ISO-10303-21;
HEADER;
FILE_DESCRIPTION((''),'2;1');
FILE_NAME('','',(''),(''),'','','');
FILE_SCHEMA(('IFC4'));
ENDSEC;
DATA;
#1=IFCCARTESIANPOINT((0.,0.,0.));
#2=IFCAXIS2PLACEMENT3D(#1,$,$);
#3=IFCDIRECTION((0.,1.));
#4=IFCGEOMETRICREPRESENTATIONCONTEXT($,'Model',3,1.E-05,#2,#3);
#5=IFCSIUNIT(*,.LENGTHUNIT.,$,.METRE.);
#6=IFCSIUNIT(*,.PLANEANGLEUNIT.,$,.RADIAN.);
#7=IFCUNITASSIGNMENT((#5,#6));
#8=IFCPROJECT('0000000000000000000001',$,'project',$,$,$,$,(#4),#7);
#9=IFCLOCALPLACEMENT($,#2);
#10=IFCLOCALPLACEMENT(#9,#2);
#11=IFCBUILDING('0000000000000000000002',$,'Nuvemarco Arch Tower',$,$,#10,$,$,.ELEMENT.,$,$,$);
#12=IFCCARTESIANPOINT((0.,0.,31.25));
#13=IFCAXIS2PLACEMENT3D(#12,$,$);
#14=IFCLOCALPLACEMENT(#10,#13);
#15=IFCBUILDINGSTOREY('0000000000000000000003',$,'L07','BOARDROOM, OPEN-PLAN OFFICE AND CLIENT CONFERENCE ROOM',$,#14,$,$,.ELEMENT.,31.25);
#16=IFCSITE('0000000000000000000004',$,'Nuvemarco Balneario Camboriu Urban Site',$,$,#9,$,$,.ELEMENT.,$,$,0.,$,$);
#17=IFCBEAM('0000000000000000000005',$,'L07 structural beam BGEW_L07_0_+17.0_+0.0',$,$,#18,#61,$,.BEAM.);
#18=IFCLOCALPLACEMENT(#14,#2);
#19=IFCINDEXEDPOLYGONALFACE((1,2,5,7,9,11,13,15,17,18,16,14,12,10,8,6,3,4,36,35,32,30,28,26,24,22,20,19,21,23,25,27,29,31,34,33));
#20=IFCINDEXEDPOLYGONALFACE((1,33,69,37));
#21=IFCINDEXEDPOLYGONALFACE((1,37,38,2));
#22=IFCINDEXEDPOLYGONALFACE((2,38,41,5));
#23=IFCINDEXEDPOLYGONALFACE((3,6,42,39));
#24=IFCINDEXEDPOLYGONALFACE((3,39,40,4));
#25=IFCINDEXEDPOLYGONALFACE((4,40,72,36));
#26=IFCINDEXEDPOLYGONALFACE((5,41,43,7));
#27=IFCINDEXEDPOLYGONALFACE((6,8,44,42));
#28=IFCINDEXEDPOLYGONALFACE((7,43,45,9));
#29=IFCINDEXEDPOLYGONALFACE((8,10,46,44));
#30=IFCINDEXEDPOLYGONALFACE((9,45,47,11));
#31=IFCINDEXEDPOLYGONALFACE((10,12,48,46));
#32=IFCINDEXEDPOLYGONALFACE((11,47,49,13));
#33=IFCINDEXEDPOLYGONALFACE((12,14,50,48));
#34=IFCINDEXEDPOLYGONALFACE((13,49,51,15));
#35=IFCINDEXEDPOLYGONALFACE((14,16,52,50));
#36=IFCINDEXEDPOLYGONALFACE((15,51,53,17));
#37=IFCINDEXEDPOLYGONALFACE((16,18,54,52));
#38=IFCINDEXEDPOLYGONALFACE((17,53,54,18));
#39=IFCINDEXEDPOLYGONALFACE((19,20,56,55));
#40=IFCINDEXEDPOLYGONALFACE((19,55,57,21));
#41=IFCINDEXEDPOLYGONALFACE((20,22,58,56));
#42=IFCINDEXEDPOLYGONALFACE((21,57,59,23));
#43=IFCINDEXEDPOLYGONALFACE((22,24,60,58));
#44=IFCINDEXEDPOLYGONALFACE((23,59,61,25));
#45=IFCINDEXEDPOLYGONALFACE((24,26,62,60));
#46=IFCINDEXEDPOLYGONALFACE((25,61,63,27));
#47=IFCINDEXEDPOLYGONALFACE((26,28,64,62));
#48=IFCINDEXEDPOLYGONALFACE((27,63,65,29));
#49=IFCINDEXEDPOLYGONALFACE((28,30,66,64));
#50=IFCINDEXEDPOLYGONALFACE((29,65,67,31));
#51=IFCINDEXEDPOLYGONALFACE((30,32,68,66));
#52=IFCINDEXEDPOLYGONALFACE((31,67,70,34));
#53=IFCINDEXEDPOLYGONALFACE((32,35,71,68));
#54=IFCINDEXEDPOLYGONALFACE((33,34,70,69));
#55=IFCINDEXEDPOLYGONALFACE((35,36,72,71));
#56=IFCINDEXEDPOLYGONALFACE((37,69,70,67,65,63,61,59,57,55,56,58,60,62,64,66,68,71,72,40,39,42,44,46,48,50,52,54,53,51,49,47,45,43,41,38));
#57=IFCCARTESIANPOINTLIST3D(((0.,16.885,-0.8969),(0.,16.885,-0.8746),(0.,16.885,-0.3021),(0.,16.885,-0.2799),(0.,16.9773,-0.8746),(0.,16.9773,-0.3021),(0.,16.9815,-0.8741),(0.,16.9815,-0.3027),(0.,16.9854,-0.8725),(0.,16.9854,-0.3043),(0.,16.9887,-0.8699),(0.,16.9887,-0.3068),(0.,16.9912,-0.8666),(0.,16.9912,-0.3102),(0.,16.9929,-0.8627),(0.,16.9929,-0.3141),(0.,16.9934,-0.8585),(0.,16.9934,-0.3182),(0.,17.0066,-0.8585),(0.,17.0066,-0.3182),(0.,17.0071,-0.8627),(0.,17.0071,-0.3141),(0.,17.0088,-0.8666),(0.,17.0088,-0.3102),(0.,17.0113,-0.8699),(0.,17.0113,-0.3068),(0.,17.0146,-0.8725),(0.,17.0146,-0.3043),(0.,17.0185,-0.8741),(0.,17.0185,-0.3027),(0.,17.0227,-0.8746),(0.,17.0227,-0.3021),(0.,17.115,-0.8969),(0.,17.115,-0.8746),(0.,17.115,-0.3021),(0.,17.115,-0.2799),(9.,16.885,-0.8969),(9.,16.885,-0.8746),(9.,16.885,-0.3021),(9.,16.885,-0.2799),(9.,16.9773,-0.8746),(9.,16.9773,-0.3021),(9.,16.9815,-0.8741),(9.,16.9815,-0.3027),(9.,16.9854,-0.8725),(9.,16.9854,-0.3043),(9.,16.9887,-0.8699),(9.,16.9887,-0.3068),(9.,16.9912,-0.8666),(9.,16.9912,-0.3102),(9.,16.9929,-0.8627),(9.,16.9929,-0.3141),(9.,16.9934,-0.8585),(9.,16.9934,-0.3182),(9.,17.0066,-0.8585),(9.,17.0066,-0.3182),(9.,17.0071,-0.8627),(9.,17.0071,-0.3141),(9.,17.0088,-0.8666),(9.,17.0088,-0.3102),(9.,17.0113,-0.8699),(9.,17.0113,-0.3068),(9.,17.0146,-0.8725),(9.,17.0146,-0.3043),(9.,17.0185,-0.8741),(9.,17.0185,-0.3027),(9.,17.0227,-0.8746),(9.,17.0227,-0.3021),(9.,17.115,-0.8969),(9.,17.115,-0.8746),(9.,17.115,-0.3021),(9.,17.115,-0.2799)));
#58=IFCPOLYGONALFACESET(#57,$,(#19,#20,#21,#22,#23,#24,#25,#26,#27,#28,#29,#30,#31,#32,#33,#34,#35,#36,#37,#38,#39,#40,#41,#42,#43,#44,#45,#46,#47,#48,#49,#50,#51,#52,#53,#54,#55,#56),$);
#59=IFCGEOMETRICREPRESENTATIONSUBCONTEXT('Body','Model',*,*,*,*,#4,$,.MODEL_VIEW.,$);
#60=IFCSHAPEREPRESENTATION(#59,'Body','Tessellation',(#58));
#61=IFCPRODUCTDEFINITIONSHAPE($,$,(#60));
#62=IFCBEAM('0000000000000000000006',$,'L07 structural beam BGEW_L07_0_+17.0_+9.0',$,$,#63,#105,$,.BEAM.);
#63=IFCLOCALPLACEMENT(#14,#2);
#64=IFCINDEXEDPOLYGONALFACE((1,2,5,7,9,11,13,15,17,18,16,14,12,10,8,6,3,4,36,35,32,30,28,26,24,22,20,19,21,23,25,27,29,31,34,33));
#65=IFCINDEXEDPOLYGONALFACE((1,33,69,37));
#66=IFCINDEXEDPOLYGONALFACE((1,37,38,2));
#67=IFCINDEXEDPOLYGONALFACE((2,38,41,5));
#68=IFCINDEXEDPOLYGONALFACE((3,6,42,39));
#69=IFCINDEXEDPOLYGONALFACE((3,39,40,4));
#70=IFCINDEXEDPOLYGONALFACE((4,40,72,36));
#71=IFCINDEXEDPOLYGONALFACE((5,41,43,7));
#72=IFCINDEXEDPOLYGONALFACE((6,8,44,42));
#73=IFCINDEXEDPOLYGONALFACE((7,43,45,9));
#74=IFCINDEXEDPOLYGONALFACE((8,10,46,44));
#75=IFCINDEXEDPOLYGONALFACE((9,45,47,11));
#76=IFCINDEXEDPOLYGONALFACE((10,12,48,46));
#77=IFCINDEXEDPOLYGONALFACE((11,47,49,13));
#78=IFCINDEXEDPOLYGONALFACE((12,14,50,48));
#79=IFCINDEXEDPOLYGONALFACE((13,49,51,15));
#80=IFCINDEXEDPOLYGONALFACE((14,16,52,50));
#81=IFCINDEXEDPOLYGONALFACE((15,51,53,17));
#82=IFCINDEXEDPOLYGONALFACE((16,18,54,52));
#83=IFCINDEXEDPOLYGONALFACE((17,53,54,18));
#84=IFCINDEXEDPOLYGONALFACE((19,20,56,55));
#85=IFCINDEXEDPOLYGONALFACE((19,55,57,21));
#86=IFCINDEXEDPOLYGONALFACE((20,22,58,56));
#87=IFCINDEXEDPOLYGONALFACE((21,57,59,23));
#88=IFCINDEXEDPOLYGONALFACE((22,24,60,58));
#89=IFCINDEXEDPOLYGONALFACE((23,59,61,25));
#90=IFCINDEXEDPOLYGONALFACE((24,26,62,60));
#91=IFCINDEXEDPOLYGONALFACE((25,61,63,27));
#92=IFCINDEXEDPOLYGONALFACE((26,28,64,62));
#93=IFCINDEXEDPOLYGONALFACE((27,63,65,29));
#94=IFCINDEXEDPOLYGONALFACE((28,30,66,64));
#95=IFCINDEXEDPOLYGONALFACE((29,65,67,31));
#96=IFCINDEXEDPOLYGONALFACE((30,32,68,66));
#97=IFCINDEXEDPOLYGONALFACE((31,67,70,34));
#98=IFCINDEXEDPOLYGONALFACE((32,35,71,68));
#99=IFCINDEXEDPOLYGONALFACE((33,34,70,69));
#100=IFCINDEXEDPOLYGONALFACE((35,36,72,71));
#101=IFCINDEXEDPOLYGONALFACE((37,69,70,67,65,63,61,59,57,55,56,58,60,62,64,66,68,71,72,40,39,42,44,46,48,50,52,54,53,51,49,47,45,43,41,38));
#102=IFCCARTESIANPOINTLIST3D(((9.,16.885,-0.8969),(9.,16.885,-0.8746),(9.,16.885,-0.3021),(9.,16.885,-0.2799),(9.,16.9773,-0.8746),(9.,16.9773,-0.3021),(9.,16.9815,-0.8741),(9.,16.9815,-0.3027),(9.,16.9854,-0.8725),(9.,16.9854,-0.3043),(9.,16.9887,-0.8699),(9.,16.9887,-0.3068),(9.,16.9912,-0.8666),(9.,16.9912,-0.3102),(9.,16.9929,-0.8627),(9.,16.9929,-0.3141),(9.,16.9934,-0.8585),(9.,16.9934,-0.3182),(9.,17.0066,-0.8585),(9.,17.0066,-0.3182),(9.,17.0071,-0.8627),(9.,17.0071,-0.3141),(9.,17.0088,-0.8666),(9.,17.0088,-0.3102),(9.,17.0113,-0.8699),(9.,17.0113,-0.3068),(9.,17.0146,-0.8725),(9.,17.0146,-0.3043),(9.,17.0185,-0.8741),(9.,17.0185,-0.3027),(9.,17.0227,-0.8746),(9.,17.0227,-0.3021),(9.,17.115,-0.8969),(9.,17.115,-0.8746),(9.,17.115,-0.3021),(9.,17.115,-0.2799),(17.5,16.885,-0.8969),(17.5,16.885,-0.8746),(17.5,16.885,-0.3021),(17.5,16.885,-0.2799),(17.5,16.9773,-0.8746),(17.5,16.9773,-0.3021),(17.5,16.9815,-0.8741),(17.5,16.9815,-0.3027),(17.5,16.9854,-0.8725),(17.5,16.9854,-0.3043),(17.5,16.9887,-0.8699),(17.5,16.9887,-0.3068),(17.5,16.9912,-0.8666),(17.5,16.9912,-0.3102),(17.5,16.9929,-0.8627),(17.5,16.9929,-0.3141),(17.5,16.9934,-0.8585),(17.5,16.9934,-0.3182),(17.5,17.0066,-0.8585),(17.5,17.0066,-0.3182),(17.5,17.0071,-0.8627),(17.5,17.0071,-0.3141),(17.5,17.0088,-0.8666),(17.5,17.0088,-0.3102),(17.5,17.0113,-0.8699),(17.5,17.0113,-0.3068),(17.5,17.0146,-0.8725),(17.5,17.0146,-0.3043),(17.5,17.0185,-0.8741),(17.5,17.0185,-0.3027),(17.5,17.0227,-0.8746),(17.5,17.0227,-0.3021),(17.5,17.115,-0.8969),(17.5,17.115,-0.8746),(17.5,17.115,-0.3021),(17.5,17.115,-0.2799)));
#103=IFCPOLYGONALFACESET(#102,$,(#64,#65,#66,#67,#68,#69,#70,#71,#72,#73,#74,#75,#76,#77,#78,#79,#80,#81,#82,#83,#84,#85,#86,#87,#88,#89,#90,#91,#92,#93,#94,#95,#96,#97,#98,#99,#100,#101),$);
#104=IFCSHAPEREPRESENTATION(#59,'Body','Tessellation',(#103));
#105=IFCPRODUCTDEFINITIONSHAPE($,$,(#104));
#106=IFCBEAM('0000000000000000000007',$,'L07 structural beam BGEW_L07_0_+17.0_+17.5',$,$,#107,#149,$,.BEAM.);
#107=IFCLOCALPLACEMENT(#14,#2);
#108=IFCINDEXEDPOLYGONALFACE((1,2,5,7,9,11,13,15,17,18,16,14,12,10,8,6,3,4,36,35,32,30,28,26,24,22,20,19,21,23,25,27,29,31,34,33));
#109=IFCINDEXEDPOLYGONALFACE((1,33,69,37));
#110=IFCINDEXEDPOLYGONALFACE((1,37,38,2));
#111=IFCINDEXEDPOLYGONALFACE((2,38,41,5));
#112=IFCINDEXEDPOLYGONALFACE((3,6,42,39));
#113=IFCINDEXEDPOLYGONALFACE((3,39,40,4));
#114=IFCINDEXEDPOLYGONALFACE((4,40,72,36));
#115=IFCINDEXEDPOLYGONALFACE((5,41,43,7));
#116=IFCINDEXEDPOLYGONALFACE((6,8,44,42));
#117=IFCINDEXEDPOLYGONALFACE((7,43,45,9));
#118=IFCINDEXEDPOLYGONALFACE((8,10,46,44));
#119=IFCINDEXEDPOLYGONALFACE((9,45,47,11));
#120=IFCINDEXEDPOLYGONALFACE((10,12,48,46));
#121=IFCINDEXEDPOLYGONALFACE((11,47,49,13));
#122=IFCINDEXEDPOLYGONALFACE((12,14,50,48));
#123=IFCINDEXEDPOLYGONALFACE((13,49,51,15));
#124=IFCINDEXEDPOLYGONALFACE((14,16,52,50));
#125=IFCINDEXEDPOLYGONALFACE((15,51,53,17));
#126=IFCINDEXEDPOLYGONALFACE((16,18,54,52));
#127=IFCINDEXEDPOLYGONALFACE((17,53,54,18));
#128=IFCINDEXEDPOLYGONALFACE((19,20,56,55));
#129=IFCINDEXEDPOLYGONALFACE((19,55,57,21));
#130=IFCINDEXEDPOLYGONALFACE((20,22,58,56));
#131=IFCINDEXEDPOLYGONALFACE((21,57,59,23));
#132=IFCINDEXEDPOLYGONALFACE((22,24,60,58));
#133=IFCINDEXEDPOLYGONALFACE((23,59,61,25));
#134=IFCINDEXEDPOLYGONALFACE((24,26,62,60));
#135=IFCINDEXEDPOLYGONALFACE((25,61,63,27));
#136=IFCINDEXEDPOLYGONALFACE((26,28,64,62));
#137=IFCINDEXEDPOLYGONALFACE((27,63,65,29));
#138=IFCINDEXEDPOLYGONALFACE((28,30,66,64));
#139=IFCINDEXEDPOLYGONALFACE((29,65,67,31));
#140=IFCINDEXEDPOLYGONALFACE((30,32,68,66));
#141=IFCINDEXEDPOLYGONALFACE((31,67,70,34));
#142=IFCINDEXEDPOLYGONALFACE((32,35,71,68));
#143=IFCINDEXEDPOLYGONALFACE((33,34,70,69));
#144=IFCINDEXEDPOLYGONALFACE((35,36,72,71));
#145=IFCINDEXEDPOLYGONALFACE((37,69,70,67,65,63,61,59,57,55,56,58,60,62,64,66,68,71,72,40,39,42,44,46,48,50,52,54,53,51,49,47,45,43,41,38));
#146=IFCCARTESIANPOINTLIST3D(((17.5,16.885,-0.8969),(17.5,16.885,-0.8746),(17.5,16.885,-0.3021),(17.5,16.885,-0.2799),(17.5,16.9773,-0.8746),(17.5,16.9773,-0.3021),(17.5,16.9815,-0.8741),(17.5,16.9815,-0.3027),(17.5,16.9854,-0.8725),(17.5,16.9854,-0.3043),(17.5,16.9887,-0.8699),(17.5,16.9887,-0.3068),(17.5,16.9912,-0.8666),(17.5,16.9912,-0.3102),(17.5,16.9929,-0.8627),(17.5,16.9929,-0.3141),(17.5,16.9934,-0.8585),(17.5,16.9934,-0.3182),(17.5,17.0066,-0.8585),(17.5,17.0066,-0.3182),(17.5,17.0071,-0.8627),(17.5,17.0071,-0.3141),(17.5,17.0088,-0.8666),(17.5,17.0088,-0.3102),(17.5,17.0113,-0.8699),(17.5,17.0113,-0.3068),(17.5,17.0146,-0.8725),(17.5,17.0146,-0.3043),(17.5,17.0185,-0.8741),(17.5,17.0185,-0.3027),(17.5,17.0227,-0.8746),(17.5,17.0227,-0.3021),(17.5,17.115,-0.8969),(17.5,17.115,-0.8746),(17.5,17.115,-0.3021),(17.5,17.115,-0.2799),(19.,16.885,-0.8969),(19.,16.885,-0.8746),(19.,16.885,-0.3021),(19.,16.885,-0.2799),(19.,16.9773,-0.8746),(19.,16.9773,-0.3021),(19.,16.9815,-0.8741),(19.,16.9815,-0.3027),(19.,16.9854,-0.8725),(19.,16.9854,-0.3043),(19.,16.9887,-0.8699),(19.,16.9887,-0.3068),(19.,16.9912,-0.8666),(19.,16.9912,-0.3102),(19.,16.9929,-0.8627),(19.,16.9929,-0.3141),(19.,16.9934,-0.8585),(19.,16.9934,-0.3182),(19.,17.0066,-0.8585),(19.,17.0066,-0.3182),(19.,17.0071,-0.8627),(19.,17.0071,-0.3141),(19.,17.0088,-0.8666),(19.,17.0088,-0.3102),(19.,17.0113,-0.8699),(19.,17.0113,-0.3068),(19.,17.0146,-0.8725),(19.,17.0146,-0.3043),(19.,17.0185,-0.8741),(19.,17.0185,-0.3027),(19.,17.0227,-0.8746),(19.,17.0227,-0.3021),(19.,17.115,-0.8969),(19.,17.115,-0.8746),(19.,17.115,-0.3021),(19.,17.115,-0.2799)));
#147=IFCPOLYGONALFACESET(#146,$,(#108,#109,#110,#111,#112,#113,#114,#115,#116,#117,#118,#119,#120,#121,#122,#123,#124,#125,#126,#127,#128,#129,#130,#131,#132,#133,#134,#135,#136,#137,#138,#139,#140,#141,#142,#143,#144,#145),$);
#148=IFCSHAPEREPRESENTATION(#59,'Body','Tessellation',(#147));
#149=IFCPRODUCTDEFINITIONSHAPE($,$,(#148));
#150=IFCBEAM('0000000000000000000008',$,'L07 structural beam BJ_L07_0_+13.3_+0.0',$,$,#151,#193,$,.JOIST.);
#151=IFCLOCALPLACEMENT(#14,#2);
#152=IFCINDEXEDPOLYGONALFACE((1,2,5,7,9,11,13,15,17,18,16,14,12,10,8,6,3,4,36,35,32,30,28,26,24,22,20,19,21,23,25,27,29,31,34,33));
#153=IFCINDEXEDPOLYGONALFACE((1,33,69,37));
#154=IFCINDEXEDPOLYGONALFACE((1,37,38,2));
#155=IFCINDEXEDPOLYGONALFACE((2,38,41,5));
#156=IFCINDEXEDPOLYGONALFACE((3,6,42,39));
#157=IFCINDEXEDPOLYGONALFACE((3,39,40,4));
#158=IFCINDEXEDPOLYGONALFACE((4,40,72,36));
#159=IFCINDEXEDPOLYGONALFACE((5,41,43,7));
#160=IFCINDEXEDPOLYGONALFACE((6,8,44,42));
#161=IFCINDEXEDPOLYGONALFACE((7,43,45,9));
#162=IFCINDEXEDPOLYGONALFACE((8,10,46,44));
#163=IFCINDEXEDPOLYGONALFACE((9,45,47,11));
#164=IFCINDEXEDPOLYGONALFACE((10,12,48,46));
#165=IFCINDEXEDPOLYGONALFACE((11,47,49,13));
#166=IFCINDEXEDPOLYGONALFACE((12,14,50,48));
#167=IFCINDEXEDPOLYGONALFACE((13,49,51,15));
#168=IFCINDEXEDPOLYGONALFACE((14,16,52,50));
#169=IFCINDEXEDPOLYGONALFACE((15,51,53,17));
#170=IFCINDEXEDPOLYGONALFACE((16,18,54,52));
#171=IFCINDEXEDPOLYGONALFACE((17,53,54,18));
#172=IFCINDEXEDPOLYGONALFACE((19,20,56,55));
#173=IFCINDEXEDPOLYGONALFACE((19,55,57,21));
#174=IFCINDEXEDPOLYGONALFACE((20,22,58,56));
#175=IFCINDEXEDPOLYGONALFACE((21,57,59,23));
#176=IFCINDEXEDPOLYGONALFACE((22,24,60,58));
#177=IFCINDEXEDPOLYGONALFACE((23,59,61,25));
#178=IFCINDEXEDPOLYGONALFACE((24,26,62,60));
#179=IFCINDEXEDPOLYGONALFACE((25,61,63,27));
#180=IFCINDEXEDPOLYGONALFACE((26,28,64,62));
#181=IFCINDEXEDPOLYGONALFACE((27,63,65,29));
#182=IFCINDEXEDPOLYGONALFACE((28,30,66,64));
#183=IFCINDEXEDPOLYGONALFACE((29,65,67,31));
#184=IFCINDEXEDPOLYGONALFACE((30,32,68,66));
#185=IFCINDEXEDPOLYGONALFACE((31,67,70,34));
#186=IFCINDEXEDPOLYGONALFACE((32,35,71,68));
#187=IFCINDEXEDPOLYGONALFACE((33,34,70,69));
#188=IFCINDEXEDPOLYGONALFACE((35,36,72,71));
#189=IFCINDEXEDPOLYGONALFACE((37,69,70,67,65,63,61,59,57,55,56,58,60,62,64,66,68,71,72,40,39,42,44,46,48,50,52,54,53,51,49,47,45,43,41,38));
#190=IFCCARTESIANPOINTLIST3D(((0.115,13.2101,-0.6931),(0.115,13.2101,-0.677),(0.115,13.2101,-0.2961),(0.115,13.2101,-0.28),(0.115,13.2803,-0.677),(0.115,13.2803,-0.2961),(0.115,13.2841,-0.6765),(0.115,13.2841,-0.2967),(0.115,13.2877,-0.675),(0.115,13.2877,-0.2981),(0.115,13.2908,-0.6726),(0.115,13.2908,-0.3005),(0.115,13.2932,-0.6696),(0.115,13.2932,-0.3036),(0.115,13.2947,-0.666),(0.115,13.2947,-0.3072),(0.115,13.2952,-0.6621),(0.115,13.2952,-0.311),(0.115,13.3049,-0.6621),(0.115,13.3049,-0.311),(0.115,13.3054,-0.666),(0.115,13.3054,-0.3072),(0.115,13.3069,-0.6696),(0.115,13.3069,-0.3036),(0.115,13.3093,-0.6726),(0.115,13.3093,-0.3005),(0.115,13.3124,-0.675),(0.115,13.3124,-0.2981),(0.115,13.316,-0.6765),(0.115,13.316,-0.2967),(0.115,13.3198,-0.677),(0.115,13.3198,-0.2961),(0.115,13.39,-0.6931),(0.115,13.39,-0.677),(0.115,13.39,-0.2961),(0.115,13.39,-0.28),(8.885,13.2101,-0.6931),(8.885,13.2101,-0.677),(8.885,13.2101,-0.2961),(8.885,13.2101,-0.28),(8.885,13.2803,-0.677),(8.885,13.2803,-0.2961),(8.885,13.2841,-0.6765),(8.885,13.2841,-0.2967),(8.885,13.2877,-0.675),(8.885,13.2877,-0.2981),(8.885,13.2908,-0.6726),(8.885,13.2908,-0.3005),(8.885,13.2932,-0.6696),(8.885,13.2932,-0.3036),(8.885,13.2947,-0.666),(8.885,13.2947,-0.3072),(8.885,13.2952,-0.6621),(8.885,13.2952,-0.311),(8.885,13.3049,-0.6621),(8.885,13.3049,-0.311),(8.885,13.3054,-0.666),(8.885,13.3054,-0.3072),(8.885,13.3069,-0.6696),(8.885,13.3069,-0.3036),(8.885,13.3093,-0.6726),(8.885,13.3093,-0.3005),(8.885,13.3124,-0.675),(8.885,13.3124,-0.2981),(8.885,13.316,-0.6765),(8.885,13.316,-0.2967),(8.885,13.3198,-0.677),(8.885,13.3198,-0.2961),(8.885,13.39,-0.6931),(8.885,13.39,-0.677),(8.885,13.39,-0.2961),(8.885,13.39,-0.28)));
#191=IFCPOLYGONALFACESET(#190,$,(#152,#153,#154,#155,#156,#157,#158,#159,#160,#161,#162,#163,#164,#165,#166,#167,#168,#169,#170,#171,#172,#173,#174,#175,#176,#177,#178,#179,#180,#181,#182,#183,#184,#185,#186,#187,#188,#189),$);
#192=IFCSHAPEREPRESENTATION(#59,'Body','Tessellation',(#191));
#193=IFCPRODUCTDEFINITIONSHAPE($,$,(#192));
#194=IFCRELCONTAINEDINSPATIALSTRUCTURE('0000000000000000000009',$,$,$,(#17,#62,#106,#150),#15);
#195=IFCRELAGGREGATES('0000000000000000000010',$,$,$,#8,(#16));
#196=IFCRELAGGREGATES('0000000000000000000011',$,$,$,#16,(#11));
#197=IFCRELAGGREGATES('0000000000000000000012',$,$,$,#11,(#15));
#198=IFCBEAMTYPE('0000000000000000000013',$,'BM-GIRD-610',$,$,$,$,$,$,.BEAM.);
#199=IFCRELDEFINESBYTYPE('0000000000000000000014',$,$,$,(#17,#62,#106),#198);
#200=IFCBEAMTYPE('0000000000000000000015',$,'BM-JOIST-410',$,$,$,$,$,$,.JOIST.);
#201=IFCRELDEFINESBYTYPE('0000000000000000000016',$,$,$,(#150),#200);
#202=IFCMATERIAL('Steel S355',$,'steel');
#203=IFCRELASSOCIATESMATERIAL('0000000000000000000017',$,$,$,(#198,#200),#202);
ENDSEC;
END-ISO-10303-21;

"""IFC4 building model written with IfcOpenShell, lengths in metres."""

from ifc_helpers import new_model, si_unit, direction, frame, origin, origin_2d, place, context, subcontext, project, spatial, i_section, extrude, material, material_profile, profile_set, type_object, element, save


model = new_model("IFC4")

# Units and contexts
model_context = context("Model", 3, precision=1e-05, world=origin(), true_north=direction((0.0, 1.0)))
body_context = subcontext(model_context, "Body", "Model", "MODEL_VIEW")
ifc_project = project(units=[si_unit("LENGTHUNIT", "METRE"), si_unit("PLANEANGLEUNIT", "RADIAN")], contexts=[model_context])

# Site, building, storey
site_placement = place(None, origin())
site = spatial("IfcSite", under=ifc_project, at=site_placement, Name="Nuvemarco Balneario Camboriu Urban Site", CompositionType="ELEMENT", RefElevation=0.0)
building_placement = place(site_placement, origin())
building = spatial("IfcBuilding", under=site, at=building_placement, Name="Nuvemarco Arch Tower", CompositionType="ELEMENT")
storey_placement = place(building_placement, frame((0.0, 0.0, 31.25)))
storey = spatial("IfcBuildingStorey", under=building, at=storey_placement, Name="L07", Description="BOARDROOM, OPEN-PLAN OFFICE AND CLIENT CONFERENCE ROOM", CompositionType="ELEMENT", Elevation=31.25)

# Shared definitions
ifc_material_1 = material(Name="Steel S355", Category="steel")

# Beams
ifc_material_profile_1 = material_profile(ifc_material_1, i_section(OverallWidth=0.23, OverallDepth=0.6169, WebThickness=0.0132, FlangeThickness=0.0222, FilletRadius=0.0161, at=origin_2d()), Name="W610x140")
ifc_profile_set_1 = profile_set([ifc_material_profile_1], Name="Steel S355")
beam_type_1 = type_object("IfcBeamType", Name="BM-GIRD-610", PredefinedType="BEAM", material=ifc_profile_set_1)
beam_1_placement = place(storey_placement, frame((0.0, 17.0, -0.5884), z_axis=(1.0, 0.0, 0.0), x_axis=(0.0, 1.0, 0.0)))
element("IfcBeam", 1, at=beam_1_placement, inside=storey, type_object=beam_type_1, Name="L07 structural beam BGEW_L07_0_+17.0_+0.0", PredefinedType="BEAM", context=body_context, shape_type="SweptSolid", body=[
    extrude(i_section(OverallWidth=0.23, OverallDepth=0.6169, WebThickness=0.0132, FlangeThickness=0.0222, FilletRadius=0.0161, at=origin_2d()), origin(), (0.0, 0.0, 1.0), 9.0),
])
beam_2_placement = place(storey_placement, frame((9.0, 17.0, -0.5884), z_axis=(1.0, 0.0, 0.0), x_axis=(0.0, 1.0, 0.0)))
element("IfcBeam", 2, at=beam_2_placement, inside=storey, type_object=beam_type_1, Name="L07 structural beam BGEW_L07_0_+17.0_+9.0", PredefinedType="BEAM", context=body_context, shape_type="SweptSolid", body=[
    extrude(i_section(OverallWidth=0.23, OverallDepth=0.6169, WebThickness=0.0132, FlangeThickness=0.0222, FilletRadius=0.0161, at=origin_2d()), origin(), (0.0, 0.0, 1.0), 8.5),
])
beam_3_placement = place(storey_placement, frame((17.5, 17.0, -0.5884), z_axis=(1.0, 0.0, 0.0), x_axis=(0.0, 1.0, 0.0)))
element("IfcBeam", 3, at=beam_3_placement, inside=storey, type_object=beam_type_1, Name="L07 structural beam BGEW_L07_0_+17.0_+17.5", PredefinedType="BEAM", context=body_context, shape_type="SweptSolid", body=[
    extrude(i_section(OverallWidth=0.23, OverallDepth=0.6169, WebThickness=0.0132, FlangeThickness=0.0222, FilletRadius=0.0161, at=origin_2d()), origin(), (0.0, 0.0, 1.0), 1.5),
])
ifc_material_profile_2 = material_profile(ifc_material_1, i_section(OverallWidth=0.1799, OverallDepth=0.4131, WebThickness=0.0098, FlangeThickness=0.0161, FilletRadius=0.0149, at=origin_2d()), Name="W410x75")
ifc_profile_set_2 = profile_set([ifc_material_profile_2], Name="Steel S355")
beam_type_2 = type_object("IfcBeamType", Name="BM-JOIST-410", PredefinedType="JOIST", material=ifc_profile_set_2)
beam_4_placement = place(storey_placement, frame((0.115, 13.3, -0.4866), z_axis=(1.0, 0.0, 0.0), x_axis=(0.0, 1.0, 0.0)))
element("IfcBeam", 4, at=beam_4_placement, inside=storey, type_object=beam_type_2, Name="L07 structural beam BJ_L07_0_+13.3_+0.0", PredefinedType="JOIST", context=body_context, shape_type="SweptSolid", body=[
    extrude(i_section(OverallWidth=0.1799, OverallDepth=0.4131, WebThickness=0.0098, FlangeThickness=0.0161, FilletRadius=0.0149, at=origin_2d()), origin(), (0.0, 0.0, 1.0), 8.77),
])

save(model, "model.ifc")
